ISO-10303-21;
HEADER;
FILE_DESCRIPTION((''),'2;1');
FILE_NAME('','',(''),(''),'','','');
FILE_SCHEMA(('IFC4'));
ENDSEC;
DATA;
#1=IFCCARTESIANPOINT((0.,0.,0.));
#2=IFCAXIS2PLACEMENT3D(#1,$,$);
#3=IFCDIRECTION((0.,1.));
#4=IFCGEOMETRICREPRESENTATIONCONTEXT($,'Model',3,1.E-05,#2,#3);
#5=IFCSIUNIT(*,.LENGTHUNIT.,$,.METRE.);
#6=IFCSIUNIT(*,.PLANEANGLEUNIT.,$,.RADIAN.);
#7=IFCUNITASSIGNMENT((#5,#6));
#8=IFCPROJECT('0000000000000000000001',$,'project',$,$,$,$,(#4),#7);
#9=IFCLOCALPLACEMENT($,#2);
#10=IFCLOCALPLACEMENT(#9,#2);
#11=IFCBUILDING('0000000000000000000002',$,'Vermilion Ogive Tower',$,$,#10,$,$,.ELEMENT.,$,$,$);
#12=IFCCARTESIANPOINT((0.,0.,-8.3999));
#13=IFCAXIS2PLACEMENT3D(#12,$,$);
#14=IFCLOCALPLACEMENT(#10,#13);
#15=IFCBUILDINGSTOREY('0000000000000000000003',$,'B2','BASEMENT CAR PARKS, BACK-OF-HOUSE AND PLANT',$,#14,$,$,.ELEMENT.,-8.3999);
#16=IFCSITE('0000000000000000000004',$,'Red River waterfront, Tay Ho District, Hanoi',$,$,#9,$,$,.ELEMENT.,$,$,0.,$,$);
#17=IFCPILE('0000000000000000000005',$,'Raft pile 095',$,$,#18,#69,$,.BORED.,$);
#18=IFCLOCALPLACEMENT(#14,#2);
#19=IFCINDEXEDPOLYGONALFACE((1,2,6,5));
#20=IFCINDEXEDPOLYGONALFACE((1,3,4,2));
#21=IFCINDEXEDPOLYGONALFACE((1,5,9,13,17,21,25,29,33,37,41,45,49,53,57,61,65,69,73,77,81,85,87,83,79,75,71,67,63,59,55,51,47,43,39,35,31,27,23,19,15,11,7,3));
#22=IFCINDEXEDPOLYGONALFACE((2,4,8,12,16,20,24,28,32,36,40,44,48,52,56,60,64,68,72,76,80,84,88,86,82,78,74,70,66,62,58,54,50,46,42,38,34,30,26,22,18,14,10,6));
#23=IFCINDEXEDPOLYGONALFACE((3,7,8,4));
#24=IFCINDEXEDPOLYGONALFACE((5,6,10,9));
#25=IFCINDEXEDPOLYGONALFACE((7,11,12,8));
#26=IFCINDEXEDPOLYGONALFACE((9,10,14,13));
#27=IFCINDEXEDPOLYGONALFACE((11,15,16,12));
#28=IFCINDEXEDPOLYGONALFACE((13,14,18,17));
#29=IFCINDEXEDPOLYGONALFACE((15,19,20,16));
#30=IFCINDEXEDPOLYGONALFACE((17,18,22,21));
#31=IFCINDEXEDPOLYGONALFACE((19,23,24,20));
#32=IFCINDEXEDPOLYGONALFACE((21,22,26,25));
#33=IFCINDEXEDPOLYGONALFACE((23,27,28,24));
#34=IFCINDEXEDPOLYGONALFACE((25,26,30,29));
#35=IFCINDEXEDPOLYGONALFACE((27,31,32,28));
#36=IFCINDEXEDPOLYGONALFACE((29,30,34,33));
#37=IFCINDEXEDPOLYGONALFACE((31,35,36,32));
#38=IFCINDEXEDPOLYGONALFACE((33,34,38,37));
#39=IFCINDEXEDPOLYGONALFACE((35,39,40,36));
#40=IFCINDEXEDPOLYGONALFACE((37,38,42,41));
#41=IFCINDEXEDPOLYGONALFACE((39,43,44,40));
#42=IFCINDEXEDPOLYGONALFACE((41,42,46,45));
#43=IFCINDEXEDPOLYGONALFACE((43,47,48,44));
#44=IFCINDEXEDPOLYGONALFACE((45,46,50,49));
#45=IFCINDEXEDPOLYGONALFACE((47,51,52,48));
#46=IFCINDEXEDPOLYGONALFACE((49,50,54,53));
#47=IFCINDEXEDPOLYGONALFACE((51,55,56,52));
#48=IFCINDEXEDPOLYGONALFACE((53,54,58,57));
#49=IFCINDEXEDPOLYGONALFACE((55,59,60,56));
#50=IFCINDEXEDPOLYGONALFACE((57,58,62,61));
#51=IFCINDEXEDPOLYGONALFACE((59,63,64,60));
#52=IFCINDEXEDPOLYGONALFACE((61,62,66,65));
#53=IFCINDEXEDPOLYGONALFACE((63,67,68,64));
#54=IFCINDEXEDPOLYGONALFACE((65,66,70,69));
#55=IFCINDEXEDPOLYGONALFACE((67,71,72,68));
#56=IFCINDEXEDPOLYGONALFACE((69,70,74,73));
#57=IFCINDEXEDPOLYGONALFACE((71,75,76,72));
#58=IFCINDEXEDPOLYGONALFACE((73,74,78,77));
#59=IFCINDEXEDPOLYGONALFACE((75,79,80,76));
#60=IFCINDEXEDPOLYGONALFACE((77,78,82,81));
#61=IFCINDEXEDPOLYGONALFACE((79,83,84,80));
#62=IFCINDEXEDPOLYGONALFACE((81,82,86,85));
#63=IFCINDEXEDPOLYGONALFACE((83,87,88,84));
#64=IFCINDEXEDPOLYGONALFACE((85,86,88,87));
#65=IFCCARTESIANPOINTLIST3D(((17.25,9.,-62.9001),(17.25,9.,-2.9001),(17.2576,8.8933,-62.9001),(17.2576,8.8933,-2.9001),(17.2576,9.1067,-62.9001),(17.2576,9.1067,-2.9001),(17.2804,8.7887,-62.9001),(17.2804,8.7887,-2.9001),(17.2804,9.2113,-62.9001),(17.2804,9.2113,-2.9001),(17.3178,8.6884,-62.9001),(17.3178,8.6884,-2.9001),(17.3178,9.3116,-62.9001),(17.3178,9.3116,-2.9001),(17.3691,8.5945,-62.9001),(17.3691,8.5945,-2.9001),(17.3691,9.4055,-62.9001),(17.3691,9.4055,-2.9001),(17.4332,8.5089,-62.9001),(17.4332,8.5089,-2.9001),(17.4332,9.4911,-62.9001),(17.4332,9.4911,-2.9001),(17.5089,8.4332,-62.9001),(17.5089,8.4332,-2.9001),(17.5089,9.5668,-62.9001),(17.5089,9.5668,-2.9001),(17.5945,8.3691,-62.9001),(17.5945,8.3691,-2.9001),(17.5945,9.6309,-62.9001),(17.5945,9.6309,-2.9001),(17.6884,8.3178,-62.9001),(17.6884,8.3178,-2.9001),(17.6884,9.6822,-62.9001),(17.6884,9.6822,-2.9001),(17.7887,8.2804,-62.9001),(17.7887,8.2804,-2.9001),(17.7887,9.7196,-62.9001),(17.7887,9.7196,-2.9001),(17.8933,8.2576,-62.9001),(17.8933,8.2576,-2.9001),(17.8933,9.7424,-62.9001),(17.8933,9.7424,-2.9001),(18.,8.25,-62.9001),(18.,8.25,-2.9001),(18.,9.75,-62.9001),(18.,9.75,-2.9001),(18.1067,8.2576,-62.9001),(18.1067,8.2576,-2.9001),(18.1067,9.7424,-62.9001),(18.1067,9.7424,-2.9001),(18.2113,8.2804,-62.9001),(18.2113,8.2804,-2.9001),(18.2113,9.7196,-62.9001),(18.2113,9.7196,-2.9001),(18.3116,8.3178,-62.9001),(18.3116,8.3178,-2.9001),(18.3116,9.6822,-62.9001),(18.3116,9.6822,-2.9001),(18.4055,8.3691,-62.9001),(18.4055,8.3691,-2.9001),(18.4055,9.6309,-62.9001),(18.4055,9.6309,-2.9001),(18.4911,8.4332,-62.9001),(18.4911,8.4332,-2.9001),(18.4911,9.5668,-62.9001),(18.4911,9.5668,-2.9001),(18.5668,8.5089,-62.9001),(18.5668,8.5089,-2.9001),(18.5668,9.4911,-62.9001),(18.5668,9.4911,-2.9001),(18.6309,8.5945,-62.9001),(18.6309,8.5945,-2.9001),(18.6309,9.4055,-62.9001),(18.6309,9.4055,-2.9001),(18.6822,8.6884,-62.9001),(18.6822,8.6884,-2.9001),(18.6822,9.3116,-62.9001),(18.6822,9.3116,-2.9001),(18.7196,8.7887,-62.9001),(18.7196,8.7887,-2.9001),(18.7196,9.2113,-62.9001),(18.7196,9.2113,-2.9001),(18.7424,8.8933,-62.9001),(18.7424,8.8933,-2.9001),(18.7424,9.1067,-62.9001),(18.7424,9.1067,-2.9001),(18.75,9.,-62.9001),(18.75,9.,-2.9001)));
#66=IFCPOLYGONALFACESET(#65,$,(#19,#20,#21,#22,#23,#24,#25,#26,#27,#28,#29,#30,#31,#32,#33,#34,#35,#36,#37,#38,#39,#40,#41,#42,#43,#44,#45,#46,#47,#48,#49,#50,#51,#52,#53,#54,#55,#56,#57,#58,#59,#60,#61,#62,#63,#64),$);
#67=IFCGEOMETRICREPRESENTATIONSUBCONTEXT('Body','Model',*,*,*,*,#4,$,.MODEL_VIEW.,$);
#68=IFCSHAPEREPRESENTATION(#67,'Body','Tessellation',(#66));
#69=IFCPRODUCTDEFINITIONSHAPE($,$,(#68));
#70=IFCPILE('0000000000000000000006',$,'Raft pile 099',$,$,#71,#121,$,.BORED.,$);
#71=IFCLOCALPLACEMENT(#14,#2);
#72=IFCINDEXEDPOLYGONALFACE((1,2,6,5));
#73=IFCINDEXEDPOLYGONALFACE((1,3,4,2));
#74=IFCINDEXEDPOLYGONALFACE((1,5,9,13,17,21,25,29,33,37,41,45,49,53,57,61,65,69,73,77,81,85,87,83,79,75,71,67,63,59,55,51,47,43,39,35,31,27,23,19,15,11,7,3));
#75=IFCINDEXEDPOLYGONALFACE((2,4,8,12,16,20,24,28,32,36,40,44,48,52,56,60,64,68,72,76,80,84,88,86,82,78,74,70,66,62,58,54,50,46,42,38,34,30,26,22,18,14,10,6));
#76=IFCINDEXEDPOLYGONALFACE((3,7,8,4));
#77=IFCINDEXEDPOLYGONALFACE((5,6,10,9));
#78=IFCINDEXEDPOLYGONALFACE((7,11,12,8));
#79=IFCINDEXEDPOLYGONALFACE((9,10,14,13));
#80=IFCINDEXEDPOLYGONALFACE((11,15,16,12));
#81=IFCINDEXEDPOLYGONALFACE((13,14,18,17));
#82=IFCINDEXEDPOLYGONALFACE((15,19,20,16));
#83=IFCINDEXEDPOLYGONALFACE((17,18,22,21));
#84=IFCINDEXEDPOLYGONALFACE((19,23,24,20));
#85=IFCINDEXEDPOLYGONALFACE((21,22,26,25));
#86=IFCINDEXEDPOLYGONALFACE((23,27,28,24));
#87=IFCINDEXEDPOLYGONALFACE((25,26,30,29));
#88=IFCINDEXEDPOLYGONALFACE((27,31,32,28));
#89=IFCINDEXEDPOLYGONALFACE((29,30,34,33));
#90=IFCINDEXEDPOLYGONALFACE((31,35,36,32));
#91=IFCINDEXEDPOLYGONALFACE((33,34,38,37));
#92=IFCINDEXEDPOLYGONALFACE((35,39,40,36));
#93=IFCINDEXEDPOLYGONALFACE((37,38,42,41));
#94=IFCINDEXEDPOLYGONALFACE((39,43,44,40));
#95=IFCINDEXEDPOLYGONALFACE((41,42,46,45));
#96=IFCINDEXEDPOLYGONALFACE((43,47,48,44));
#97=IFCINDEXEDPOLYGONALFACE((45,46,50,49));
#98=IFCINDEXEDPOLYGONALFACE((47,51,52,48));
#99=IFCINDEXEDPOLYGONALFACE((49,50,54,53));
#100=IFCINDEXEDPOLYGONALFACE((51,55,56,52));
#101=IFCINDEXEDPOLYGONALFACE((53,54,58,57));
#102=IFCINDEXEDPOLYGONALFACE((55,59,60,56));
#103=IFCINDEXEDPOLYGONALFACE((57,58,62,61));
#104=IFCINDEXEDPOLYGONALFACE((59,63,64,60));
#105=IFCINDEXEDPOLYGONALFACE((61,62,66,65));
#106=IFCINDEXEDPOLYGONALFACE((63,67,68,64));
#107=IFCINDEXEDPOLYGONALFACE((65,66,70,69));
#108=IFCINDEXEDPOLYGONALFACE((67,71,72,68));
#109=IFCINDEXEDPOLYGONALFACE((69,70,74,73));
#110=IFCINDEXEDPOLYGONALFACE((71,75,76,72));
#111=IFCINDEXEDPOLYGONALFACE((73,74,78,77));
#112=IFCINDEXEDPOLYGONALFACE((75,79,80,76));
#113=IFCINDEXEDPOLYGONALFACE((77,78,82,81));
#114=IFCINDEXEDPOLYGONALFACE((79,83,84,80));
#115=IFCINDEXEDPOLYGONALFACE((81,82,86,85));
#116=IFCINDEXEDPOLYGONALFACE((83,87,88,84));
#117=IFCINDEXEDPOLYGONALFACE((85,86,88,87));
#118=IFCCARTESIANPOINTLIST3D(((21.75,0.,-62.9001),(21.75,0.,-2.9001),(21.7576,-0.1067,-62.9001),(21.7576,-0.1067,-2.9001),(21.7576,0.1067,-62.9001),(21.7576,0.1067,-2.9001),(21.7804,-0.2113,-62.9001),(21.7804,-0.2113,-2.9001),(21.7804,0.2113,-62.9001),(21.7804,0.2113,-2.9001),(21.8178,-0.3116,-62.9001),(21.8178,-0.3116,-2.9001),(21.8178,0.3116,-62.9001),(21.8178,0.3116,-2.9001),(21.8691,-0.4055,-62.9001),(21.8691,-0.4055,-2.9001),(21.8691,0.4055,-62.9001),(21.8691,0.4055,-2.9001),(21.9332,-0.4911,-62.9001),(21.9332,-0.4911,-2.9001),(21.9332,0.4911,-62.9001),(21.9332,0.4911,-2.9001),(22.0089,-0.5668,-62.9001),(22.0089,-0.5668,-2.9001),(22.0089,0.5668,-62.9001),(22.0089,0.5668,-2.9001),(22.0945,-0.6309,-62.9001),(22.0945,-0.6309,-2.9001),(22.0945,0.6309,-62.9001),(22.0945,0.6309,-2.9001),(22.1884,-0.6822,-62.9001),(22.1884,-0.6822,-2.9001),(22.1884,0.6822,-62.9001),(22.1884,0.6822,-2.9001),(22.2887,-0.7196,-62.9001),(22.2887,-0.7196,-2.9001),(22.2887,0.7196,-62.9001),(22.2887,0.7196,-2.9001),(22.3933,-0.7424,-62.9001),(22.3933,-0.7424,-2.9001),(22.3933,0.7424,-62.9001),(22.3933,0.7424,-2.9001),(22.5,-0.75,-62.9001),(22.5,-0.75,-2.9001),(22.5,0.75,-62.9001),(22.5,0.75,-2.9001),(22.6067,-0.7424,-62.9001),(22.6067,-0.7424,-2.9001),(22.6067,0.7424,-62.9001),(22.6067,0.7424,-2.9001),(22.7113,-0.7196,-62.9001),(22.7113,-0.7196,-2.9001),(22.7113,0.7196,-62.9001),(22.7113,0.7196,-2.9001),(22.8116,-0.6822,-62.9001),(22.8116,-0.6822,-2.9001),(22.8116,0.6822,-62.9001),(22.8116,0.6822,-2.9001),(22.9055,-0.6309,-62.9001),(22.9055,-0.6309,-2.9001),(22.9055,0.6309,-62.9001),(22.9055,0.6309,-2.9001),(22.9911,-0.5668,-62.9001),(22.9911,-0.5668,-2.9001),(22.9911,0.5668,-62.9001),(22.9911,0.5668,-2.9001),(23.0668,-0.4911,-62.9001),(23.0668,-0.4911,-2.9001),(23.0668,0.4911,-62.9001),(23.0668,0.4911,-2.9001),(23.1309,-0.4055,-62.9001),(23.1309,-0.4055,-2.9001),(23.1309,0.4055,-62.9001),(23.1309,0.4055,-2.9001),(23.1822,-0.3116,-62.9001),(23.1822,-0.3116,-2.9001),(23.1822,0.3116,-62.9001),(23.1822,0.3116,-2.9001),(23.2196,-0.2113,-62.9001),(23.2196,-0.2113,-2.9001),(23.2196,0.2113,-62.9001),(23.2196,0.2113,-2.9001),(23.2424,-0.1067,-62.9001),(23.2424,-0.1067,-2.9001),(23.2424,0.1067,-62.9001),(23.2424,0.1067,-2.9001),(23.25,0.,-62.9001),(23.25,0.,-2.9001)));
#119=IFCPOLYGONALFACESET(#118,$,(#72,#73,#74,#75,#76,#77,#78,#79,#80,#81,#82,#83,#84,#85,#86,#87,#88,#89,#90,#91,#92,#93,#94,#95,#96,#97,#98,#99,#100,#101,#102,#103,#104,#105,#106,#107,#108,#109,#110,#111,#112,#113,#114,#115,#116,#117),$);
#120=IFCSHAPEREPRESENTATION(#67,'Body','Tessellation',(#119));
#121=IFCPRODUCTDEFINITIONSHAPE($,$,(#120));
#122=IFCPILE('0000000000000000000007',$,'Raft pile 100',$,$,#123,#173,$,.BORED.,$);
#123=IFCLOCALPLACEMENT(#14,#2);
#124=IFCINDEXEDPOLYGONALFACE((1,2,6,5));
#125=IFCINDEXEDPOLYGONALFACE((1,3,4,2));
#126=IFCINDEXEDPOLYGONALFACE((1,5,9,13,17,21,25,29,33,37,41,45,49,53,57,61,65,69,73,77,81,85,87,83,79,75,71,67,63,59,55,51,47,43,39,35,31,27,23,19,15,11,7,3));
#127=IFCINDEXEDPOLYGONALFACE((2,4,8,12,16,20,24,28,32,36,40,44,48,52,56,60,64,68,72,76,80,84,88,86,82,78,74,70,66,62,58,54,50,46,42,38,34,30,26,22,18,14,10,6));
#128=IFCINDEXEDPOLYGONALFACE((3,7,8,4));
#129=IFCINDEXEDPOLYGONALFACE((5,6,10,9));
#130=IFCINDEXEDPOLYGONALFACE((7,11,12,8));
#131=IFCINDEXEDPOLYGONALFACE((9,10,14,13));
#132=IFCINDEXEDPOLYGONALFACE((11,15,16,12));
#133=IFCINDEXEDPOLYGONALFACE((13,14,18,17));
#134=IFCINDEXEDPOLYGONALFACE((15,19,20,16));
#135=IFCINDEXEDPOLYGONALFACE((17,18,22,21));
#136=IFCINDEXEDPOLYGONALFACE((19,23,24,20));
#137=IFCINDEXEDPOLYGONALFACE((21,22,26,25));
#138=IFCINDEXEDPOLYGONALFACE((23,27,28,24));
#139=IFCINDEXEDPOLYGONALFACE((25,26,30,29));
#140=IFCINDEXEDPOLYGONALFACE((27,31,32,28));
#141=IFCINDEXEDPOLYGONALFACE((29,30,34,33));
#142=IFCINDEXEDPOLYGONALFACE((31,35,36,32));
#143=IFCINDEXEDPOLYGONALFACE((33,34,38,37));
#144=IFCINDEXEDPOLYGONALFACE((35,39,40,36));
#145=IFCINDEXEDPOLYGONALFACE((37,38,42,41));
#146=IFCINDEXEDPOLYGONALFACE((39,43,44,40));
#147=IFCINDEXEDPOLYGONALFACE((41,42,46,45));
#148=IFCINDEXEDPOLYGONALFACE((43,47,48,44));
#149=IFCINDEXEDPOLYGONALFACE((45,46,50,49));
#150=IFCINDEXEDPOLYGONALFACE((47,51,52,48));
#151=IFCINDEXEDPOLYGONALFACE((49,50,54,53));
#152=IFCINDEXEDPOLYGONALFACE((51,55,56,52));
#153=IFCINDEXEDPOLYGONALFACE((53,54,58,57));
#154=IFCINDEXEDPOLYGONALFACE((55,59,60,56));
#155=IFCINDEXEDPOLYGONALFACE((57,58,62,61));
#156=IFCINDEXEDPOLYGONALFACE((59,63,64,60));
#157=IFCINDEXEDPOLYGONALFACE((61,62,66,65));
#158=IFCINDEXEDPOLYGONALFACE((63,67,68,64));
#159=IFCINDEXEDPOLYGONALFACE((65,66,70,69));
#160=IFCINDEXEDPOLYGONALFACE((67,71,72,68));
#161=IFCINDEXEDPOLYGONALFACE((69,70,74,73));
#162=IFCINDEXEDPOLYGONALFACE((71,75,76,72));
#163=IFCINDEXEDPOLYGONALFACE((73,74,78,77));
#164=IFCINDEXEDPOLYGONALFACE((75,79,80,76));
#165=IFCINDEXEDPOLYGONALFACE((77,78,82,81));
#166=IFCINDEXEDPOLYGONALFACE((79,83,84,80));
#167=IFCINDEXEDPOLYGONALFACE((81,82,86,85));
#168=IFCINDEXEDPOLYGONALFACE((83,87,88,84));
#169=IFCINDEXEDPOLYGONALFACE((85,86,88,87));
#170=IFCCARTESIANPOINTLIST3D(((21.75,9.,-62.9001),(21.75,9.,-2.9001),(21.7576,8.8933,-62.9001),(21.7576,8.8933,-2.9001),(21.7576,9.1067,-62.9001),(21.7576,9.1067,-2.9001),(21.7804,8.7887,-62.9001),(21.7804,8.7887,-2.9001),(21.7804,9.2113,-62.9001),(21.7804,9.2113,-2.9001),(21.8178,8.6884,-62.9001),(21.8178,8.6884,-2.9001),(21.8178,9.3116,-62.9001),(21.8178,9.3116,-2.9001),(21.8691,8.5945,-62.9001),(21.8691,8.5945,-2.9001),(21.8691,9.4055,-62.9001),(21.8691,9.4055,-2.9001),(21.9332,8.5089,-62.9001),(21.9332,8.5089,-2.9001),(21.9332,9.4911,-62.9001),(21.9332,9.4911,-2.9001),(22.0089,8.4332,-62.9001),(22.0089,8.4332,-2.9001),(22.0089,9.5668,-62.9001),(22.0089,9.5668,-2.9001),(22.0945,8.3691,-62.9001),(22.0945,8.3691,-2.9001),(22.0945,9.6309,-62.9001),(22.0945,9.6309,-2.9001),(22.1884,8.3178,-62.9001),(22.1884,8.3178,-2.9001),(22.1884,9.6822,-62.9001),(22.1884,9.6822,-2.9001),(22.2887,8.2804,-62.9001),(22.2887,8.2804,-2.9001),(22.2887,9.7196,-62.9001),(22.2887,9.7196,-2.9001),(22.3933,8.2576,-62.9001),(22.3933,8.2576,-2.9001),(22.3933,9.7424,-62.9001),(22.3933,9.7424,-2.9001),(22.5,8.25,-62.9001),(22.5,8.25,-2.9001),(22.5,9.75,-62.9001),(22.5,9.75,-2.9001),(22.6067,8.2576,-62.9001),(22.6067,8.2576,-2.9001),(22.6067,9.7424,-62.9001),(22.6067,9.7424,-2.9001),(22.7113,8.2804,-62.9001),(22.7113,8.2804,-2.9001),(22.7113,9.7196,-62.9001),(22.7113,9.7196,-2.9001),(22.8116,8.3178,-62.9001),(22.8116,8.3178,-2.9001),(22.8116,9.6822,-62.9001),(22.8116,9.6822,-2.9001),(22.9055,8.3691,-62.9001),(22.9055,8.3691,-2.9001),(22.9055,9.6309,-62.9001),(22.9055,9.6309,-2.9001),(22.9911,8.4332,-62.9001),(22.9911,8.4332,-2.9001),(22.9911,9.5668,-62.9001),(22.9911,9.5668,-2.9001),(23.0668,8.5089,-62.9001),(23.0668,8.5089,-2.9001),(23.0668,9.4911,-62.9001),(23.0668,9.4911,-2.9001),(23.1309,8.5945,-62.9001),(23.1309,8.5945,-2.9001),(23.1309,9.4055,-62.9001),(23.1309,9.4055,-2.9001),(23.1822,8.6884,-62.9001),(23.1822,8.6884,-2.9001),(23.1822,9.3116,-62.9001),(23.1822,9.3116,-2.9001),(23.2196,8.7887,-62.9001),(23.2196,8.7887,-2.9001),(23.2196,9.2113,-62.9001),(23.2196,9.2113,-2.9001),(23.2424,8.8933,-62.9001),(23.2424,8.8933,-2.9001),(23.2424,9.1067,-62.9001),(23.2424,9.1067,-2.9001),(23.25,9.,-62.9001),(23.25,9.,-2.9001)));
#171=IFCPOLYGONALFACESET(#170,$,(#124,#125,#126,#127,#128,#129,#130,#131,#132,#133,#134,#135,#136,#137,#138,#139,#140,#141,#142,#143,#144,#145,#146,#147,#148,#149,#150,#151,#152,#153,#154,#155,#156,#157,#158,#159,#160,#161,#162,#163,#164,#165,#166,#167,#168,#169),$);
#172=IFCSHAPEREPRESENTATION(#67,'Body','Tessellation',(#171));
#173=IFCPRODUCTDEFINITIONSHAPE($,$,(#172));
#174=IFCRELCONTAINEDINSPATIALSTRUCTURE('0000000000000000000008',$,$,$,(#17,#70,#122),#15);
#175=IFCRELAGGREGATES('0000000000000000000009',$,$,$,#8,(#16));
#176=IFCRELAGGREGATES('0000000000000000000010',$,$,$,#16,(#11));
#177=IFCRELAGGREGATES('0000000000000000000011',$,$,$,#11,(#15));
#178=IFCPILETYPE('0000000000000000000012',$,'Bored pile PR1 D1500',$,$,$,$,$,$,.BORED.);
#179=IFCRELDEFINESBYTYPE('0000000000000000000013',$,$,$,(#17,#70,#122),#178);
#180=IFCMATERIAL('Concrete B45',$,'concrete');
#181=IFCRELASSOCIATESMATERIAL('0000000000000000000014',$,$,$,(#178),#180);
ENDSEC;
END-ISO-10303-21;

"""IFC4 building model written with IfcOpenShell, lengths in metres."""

from ifc_helpers import new_model, si_unit, direction, frame, origin, origin_2d, place, context, subcontext, project, spatial, circle, extrude, material, type_object, element, save


model = new_model("IFC4")

# Units and contexts
model_context = context("Model", 3, precision=1e-05, world=origin(), true_north=direction((0.0, 1.0)))
body_context = subcontext(model_context, "Body", "Model", "MODEL_VIEW")
ifc_project = project(units=[si_unit("LENGTHUNIT", "METRE"), si_unit("PLANEANGLEUNIT", "RADIAN")], contexts=[model_context])

# Site, building, storey
site_placement = place(None, origin())
site = spatial("IfcSite", under=ifc_project, at=site_placement, Name="Red River waterfront, Tay Ho District, Hanoi", CompositionType="ELEMENT", RefElevation=0.0)
building_placement = place(site_placement, origin())
building = spatial("IfcBuilding", under=site, at=building_placement, Name="Vermilion Ogive Tower", CompositionType="ELEMENT")
storey_placement = place(building_placement, frame((0.0, 0.0, -8.3999)))
storey = spatial("IfcBuildingStorey", under=building, at=storey_placement, Name="B2", Description="BASEMENT CAR PARKS, BACK-OF-HOUSE AND PLANT", CompositionType="ELEMENT", Elevation=-8.3999)

# Piles
ifc_material_1 = material(Name="Concrete B45", Category="concrete")
pile_type = type_object("IfcPileType", Name="Bored pile PR1 D1500", PredefinedType="BORED", material=ifc_material_1)
for number, where, z_axis, x_axis, name in (
    (1, (18.0, 9.0, -2.9001), (0.0, 0.0, -1.0), (1.0, 0.0, 0.0), "Raft pile 095"),
    (2, (22.5, 0.0, -2.9001), (0.0, 0.0, -1.0), (1.0, 0.0, 0.0), "Raft pile 099"),
    (3, (22.5, 9.0, -2.9001), (0.0, 0.0, -1.0), (1.0, 0.0, 0.0), "Raft pile 100"),
):
    element("IfcPile", number, at=place(storey_placement, frame(where, z_axis=z_axis, x_axis=x_axis)), inside=storey, type_object=pile_type, Name=name, PredefinedType="BORED", context=body_context, shape_type="SweptSolid", body=[
        extrude(circle(Radius=0.75, at=origin_2d()), origin(), (0.0, 0.0, 1.0), 60.0),
    ])

save(model, "model.ifc")
